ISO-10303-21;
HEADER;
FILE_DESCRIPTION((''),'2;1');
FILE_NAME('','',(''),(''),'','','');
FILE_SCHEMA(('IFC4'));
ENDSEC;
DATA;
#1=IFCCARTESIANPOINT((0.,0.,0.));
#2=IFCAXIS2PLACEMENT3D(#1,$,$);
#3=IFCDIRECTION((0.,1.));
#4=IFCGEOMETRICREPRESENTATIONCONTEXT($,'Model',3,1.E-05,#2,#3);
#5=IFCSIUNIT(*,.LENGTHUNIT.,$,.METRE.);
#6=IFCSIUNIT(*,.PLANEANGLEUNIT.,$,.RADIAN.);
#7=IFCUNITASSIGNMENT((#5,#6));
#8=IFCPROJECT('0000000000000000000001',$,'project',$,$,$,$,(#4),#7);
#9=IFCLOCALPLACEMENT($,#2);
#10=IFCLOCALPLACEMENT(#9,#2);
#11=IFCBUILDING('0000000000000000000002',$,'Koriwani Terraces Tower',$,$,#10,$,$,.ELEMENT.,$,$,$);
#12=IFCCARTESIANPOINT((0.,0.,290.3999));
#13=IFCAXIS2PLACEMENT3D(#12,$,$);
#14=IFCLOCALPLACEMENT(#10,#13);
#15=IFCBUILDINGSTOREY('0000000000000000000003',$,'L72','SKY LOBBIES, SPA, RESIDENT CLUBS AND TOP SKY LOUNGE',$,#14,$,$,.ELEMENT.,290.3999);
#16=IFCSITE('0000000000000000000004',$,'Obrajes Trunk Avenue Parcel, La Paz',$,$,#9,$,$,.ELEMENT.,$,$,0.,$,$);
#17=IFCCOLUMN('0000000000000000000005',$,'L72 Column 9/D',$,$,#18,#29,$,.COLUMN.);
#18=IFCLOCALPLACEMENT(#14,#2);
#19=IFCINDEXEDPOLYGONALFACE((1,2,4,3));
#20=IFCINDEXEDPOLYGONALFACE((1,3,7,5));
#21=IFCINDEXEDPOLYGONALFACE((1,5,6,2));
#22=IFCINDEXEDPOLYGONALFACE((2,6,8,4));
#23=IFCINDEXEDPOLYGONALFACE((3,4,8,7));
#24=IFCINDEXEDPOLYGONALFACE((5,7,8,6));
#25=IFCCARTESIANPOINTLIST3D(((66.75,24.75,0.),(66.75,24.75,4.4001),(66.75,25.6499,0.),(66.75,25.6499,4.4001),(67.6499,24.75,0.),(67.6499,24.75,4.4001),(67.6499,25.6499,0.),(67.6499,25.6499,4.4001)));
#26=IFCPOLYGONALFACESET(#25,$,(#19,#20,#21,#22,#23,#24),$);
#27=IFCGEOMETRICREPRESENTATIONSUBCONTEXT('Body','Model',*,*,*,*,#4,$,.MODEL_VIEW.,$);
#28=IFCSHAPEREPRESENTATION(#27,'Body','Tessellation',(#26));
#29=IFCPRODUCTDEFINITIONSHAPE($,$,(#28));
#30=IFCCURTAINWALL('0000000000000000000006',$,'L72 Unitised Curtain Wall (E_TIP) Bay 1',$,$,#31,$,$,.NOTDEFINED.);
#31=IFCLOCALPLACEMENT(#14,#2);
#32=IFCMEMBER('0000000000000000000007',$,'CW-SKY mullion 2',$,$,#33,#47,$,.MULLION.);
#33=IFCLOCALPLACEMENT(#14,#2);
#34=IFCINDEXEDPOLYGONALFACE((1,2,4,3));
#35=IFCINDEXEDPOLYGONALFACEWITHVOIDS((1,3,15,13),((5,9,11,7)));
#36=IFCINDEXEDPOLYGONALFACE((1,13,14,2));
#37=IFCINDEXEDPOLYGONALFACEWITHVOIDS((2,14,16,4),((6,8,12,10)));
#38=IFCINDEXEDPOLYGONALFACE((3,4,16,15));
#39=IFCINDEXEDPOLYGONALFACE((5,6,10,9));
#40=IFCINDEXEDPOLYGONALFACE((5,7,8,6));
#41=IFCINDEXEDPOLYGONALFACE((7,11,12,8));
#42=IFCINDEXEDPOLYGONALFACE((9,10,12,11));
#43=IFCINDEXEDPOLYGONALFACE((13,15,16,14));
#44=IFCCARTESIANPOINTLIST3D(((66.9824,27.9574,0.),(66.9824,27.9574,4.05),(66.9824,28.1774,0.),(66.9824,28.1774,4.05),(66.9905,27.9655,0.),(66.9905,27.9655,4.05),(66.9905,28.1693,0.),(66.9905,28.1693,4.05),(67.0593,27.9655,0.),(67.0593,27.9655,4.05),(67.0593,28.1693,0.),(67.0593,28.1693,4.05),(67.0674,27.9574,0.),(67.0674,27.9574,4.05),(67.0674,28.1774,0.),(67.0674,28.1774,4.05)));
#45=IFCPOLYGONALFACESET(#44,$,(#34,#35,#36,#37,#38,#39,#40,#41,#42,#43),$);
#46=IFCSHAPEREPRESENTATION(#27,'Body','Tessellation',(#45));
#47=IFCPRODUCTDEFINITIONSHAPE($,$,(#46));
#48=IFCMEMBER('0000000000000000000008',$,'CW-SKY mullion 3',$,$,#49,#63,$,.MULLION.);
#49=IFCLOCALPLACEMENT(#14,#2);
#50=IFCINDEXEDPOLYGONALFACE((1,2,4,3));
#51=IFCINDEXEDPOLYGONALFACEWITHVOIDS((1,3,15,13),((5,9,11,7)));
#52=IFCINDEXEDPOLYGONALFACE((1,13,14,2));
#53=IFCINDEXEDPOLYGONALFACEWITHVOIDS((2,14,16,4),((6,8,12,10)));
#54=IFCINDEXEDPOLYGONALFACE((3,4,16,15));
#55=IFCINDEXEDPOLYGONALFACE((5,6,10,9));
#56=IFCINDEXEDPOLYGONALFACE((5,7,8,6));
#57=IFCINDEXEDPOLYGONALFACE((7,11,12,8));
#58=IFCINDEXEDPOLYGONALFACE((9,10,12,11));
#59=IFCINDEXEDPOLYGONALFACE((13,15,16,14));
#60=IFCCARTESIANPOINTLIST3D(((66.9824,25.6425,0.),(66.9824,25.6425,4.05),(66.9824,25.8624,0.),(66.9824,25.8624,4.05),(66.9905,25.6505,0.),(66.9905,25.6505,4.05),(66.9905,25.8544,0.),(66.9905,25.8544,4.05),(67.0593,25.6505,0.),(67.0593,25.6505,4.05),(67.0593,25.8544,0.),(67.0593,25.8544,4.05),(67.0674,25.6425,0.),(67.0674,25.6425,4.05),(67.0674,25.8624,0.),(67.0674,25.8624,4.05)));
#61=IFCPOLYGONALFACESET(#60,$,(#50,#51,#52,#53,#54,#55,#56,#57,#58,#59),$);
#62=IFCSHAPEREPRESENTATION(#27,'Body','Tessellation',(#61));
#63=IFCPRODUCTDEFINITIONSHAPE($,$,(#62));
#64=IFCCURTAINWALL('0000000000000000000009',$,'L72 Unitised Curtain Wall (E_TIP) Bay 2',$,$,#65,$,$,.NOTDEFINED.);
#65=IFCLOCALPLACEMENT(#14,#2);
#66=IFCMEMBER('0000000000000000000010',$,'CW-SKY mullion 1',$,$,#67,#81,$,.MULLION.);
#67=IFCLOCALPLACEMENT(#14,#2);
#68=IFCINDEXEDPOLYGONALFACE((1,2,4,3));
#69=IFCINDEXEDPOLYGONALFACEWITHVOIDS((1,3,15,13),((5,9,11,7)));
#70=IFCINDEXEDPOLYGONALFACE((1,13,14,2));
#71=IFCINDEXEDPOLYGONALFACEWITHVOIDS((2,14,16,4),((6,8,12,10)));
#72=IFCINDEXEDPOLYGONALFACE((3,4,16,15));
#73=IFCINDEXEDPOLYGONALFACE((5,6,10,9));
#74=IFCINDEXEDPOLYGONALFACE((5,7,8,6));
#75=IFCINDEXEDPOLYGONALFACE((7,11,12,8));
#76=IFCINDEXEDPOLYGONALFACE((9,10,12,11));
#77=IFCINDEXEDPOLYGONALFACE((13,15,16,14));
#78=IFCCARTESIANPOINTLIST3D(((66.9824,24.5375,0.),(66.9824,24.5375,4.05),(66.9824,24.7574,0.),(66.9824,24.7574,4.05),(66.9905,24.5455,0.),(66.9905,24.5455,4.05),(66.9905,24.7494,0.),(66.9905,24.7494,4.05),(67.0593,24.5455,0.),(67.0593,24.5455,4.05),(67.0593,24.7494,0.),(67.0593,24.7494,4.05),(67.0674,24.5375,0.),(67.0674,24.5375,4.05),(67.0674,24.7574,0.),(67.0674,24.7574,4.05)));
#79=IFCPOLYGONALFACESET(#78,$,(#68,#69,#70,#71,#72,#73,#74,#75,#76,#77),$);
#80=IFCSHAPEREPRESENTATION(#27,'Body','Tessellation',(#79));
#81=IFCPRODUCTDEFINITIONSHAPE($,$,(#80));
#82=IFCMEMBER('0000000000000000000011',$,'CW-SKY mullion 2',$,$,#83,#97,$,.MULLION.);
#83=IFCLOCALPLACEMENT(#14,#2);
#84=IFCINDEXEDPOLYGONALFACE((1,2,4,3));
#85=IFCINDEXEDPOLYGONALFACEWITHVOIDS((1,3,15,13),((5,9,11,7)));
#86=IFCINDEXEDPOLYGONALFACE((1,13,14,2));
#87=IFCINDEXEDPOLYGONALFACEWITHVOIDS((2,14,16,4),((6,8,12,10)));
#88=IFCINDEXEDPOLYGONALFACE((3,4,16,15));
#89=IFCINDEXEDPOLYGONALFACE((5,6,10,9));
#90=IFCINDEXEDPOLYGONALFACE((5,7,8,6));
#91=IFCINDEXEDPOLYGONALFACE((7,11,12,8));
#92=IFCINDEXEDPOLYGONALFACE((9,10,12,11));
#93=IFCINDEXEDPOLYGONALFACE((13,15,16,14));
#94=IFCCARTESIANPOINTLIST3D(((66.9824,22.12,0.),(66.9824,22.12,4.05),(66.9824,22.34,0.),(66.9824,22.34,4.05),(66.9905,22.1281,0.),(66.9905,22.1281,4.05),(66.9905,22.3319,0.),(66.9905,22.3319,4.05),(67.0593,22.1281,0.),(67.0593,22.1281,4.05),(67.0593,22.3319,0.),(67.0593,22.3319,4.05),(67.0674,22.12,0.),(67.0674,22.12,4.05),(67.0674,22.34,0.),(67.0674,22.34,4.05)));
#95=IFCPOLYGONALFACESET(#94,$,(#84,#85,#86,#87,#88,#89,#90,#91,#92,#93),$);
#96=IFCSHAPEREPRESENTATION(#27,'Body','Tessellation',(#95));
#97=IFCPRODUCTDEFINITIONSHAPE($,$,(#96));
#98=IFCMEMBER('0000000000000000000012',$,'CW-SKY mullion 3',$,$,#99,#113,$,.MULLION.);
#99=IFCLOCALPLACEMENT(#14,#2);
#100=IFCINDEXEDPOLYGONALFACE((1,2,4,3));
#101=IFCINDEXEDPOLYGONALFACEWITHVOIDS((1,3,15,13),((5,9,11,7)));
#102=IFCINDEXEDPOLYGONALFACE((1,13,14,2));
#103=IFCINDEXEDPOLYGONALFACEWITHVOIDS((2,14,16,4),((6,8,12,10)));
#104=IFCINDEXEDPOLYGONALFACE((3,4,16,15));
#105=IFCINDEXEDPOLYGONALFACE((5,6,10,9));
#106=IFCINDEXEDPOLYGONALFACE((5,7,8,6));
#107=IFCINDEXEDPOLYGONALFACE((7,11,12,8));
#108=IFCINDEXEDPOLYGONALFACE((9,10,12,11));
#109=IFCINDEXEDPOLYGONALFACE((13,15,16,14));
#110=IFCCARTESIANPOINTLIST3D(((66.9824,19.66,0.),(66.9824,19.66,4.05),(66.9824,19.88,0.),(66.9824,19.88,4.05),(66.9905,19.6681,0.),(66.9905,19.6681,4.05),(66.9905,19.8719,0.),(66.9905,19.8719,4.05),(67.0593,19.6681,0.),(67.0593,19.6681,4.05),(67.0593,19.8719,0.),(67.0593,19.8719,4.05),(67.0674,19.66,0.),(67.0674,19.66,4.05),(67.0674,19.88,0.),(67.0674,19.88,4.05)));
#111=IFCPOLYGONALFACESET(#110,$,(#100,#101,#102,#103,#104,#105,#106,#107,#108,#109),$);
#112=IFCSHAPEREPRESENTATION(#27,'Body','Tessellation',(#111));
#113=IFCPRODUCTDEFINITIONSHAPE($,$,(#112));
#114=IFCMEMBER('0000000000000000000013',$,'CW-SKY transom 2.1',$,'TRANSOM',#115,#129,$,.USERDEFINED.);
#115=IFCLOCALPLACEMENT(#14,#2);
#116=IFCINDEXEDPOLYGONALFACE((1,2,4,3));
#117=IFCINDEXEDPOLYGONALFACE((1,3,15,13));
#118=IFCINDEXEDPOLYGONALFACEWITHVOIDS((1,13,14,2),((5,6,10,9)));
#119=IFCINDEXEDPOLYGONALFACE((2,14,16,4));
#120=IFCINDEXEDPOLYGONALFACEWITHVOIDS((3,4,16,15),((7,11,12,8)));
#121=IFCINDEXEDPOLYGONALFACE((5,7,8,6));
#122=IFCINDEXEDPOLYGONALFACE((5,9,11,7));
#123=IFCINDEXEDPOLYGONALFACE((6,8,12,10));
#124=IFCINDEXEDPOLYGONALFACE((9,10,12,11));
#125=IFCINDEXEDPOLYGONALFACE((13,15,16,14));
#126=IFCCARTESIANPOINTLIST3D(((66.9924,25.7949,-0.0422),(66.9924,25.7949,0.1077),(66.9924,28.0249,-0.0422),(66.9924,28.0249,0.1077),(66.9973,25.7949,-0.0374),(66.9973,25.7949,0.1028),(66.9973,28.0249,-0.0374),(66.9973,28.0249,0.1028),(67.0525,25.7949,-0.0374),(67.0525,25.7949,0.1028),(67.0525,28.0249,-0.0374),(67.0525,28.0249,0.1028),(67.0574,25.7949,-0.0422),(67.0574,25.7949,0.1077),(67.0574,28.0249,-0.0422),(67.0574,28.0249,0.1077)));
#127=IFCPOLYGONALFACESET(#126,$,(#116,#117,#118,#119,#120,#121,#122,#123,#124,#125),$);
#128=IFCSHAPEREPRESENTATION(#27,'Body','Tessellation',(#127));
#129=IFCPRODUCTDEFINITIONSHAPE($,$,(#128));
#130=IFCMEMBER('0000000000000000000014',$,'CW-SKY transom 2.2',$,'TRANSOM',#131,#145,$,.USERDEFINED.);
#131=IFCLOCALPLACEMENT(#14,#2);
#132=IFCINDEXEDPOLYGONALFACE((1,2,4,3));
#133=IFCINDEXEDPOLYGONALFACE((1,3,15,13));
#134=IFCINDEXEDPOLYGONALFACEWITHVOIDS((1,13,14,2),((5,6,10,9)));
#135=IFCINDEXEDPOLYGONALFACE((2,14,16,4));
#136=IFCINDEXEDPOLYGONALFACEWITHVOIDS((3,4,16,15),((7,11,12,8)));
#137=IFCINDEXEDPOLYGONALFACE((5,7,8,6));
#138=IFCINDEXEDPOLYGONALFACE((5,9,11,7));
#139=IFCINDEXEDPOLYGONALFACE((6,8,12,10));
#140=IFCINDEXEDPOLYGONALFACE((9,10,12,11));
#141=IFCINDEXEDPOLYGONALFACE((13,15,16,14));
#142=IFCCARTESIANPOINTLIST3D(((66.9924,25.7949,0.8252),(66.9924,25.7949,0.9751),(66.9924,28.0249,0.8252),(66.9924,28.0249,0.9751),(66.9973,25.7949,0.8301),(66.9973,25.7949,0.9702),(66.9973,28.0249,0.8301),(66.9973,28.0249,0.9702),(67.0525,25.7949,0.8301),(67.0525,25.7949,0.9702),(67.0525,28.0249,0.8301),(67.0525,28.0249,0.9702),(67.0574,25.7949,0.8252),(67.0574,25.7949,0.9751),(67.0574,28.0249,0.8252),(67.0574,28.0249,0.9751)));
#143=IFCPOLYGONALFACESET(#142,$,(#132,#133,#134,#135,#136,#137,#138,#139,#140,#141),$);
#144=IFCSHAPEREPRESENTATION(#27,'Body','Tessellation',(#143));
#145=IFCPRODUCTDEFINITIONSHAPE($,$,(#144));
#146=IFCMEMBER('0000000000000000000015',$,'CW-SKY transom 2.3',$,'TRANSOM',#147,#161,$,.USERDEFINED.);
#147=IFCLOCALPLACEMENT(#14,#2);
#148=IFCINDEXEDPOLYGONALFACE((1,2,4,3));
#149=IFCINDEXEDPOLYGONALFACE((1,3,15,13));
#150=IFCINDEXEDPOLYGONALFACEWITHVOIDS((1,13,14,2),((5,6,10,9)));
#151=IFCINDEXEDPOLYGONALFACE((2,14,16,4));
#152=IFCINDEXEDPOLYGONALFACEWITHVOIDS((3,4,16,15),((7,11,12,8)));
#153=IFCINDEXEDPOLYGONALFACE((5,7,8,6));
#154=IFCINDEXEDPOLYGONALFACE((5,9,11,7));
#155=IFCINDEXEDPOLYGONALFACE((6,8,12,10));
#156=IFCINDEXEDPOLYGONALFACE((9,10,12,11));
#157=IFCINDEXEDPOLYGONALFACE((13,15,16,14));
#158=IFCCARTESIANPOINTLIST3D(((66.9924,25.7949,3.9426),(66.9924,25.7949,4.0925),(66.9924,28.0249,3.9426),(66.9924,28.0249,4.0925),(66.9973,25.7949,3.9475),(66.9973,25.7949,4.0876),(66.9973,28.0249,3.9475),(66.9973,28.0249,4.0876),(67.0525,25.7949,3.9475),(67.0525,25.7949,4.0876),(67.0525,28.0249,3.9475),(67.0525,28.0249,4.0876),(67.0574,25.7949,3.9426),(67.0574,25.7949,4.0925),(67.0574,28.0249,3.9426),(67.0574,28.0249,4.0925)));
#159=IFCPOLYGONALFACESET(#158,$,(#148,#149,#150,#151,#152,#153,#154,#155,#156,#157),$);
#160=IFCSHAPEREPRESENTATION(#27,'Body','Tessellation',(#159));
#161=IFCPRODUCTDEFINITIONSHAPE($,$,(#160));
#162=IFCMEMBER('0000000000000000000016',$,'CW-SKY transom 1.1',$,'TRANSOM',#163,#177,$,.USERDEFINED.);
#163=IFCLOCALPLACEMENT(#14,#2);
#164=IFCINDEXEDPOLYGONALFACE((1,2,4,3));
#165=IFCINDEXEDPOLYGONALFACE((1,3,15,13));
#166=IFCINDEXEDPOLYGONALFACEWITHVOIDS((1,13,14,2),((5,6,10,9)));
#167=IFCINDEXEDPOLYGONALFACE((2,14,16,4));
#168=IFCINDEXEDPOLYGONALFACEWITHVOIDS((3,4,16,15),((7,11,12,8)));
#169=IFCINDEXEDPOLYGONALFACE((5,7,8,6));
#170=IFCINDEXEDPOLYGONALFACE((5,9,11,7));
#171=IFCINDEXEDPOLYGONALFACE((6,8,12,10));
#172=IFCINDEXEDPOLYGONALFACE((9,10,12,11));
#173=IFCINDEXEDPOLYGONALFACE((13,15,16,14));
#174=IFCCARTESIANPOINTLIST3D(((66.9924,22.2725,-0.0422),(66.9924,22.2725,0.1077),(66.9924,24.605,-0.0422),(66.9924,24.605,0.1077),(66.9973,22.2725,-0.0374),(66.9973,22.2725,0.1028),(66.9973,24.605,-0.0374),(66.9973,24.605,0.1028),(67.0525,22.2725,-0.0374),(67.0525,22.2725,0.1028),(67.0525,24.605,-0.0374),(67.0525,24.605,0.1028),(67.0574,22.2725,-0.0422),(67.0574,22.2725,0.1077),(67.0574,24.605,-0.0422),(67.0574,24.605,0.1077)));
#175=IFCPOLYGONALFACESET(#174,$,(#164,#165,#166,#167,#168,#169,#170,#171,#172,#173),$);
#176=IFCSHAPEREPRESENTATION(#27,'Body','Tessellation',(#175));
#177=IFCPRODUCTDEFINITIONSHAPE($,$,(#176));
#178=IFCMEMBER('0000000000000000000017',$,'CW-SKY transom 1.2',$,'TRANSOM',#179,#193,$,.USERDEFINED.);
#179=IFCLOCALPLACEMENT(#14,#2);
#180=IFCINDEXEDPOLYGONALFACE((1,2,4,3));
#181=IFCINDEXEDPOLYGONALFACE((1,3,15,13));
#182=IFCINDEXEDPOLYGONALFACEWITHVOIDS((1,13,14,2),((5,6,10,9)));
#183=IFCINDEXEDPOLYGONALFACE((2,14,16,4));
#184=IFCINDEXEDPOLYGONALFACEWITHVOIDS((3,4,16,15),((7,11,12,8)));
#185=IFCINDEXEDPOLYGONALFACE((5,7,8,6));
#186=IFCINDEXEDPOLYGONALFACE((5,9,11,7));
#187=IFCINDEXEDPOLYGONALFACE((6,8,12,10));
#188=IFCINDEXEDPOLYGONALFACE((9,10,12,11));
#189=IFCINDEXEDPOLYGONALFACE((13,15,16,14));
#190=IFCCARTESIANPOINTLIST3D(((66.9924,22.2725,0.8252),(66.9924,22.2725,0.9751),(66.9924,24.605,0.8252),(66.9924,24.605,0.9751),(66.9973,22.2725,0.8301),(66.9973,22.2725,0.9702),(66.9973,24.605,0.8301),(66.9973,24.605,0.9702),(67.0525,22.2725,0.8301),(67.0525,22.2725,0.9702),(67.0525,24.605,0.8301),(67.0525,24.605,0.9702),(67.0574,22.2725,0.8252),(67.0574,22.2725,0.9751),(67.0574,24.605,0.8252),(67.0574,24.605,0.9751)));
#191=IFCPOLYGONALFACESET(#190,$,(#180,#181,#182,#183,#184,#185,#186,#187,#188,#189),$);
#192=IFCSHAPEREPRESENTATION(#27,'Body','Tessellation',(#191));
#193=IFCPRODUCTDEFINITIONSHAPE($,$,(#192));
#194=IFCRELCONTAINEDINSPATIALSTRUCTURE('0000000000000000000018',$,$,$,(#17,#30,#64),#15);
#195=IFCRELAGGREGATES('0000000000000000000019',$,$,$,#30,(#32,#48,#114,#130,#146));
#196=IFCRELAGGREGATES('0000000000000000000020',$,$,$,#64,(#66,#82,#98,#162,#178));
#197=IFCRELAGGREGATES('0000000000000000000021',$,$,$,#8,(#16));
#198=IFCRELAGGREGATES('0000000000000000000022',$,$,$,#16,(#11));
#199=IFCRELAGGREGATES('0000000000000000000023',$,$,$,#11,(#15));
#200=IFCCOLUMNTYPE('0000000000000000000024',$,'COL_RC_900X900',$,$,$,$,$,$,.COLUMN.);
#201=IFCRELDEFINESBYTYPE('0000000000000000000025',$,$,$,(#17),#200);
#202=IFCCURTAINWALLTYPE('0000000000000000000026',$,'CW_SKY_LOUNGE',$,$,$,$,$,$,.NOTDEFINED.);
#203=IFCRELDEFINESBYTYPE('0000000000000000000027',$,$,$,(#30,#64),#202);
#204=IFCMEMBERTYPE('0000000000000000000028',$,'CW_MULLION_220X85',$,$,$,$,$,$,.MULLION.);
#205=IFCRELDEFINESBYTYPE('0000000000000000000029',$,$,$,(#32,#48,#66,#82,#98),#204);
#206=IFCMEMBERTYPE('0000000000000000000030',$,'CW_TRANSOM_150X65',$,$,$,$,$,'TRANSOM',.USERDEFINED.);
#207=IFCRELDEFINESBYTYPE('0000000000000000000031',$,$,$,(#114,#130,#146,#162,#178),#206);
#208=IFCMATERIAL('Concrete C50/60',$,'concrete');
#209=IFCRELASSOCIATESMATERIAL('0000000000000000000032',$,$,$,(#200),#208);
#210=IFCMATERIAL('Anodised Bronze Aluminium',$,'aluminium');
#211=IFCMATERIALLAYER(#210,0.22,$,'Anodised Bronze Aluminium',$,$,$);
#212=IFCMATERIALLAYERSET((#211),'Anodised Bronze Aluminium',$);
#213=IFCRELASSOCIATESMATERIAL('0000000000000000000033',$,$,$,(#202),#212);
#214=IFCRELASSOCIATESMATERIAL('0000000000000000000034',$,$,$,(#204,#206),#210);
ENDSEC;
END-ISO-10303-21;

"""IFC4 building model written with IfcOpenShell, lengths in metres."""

from ifc_helpers import new_model, si_unit, direction, frame, origin, origin_2d, place, context, subcontext, project, spatial, rectangle, hollow_rectangle, extrude, material, layer, layer_set, material_profile, profile_set, type_object, element, aggregate, save


model = new_model("IFC4")

# Units and contexts
model_context = context("Model", 3, precision=1e-05, world=origin(), true_north=direction((0.0, 1.0)))
body_context = subcontext(model_context, "Body", "Model", "MODEL_VIEW")
ifc_project = project(units=[si_unit("LENGTHUNIT", "METRE"), si_unit("PLANEANGLEUNIT", "RADIAN")], contexts=[model_context])

# Site, building, storey
site_placement = place(None, origin())
site = spatial("IfcSite", under=ifc_project, at=site_placement, Name="Obrajes Trunk Avenue Parcel, La Paz", CompositionType="ELEMENT", RefElevation=0.0)
building_placement = place(site_placement, origin())
building = spatial("IfcBuilding", under=site, at=building_placement, Name="Koriwani Terraces Tower", CompositionType="ELEMENT")
storey_placement = place(building_placement, frame((0.0, 0.0, 290.3999)))
storey = spatial("IfcBuildingStorey", under=building, at=storey_placement, Name="L72", Description="SKY LOBBIES, SPA, RESIDENT CLUBS AND TOP SKY LOUNGE", CompositionType="ELEMENT", Elevation=290.3999)

# Column
ifc_material_1 = material(Name="Concrete C50/60", Category="concrete")
ifc_material_profile_1 = material_profile(ifc_material_1, rectangle(XDim=0.8999, YDim=0.8999, at=origin_2d()), Name="Concrete C50/60", Category="LoadBearing")
ifc_profile_set_1 = profile_set([ifc_material_profile_1], Name="Concrete C50/60")
column_type = type_object("IfcColumnType", Name="COL_RC_900X900", PredefinedType="COLUMN", material=ifc_profile_set_1)
column_placement = place(storey_placement, frame((67.2, 25.2, 0.0), z_axis=(0.0, 0.0, 1.0), x_axis=(1.0, 0.0, 0.0)))
element("IfcColumn", 1, at=column_placement, inside=storey, type_object=column_type, Name="L72 Column 9/D", PredefinedType="COLUMN", context=body_context, shape_type="SweptSolid", body=[
    extrude(rectangle(XDim=0.8999, YDim=0.8999, at=origin_2d()), origin(), (0.0, 0.0, 1.0), 4.4001),
])

# Curtain walls, members
ifc_material_2 = material(Name="Anodised Bronze Aluminium", Category="aluminium")
ifc_layer_1 = layer(ifc_material_2, 0.22, Name="Anodised Bronze Aluminium")
ifc_layer_set_1 = layer_set([ifc_layer_1], Name="Anodised Bronze Aluminium")
curtain_wall_type = type_object("IfcCurtainWallType", Name="CW_SKY_LOUNGE", PredefinedType="NOTDEFINED", material=ifc_layer_set_1)
curtain_wall_1_placement = place(storey_placement, origin())
curtain_wall_1 = element("IfcCurtainWall", 2, at=curtain_wall_1_placement, inside=storey, type_object=curtain_wall_type, Name="L72 Unitised Curtain Wall (E_TIP) Bay 1", PredefinedType="NOTDEFINED")
ifc_material_profile_2 = material_profile(ifc_material_2, hollow_rectangle(XDim=0.085, YDim=0.22, WallThickness=0.0081, at=origin_2d()), Name="Anodised Bronze Aluminium", Category="LoadBearing")
ifc_profile_set_2 = profile_set([ifc_material_profile_2], Name="Anodised Bronze Aluminium")
member_type_1 = type_object("IfcMemberType", Name="CW_MULLION_220X85", PredefinedType="MULLION", material=ifc_profile_set_2)
member_1_placement = place(storey_placement, frame((67.0249, 28.0674, 0.0), z_axis=(0.0, 0.0, 1.0), x_axis=(1.0, 0.0, 0.0)))
member_1 = element("IfcMember", 3, at=member_1_placement, type_object=member_type_1, Name="CW-SKY mullion 2", PredefinedType="MULLION", context=body_context, shape_type="SweptSolid", body=[
    extrude(hollow_rectangle(XDim=0.085, YDim=0.22, WallThickness=0.0081, at=origin_2d()), origin(), (0.0, 0.0, 1.0), 4.05),
])
member_2_placement = place(storey_placement, frame((67.0249, 25.7524, 0.0), z_axis=(0.0, 0.0, 1.0), x_axis=(1.0, 0.0, 0.0)))
member_2 = element("IfcMember", 4, at=member_2_placement, type_object=member_type_1, Name="CW-SKY mullion 3", PredefinedType="MULLION", context=body_context, shape_type="SweptSolid", body=[
    extrude(hollow_rectangle(XDim=0.085, YDim=0.22, WallThickness=0.0081, at=origin_2d()), origin(), (0.0, 0.0, 1.0), 4.05),
])
curtain_wall_2_placement = place(storey_placement, origin())
curtain_wall_2 = element("IfcCurtainWall", 5, at=curtain_wall_2_placement, inside=storey, type_object=curtain_wall_type, Name="L72 Unitised Curtain Wall (E_TIP) Bay 2", PredefinedType="NOTDEFINED")
member_3_placement = place(storey_placement, frame((67.0249, 24.6475, 0.0), z_axis=(0.0, 0.0, 1.0), x_axis=(1.0, 0.0, 0.0)))
member_3 = element("IfcMember", 6, at=member_3_placement, type_object=member_type_1, Name="CW-SKY mullion 1", PredefinedType="MULLION", context=body_context, shape_type="SweptSolid", body=[
    extrude(hollow_rectangle(XDim=0.085, YDim=0.22, WallThickness=0.0081, at=origin_2d()), origin(), (0.0, 0.0, 1.0), 4.05),
])
member_4_placement = place(storey_placement, frame((67.0249, 22.23, 0.0), z_axis=(0.0, 0.0, 1.0), x_axis=(1.0, 0.0, 0.0)))
member_4 = element("IfcMember", 7, at=member_4_placement, type_object=member_type_1, Name="CW-SKY mullion 2", PredefinedType="MULLION", context=body_context, shape_type="SweptSolid", body=[
    extrude(hollow_rectangle(XDim=0.085, YDim=0.22, WallThickness=0.0081, at=origin_2d()), origin(), (0.0, 0.0, 1.0), 4.05),
])
member_5_placement = place(storey_placement, frame((67.0249, 19.77, 0.0), z_axis=(0.0, 0.0, 1.0), x_axis=(1.0, 0.0, 0.0)))
member_5 = element("IfcMember", 8, at=member_5_placement, type_object=member_type_1, Name="CW-SKY mullion 3", PredefinedType="MULLION", context=body_context, shape_type="SweptSolid", body=[
    extrude(hollow_rectangle(XDim=0.085, YDim=0.22, WallThickness=0.0081, at=origin_2d()), origin(), (0.0, 0.0, 1.0), 4.05),
])

# Members
ifc_material_profile_3 = material_profile(ifc_material_2, hollow_rectangle(XDim=0.0649, YDim=0.1499, WallThickness=0.0049, at=origin_2d()), Name="Anodised Bronze Aluminium", Category="LoadBearing")
ifc_profile_set_3 = profile_set([ifc_material_profile_3], Name="Anodised Bronze Aluminium")
member_type_2 = type_object("IfcMemberType", Name="CW_TRANSOM_150X65", ElementType="TRANSOM", PredefinedType="USERDEFINED", material=ifc_profile_set_3)
member_6_placement = place(storey_placement, frame((67.0249, 28.0249, 0.0327), z_axis=(0.0, -1.0, 0.0), x_axis=(1.0, 0.0, 0.0)))
member_6 = element("IfcMember", 9, at=member_6_placement, type_object=member_type_2, Name="CW-SKY transom 2.1", ObjectType="TRANSOM", PredefinedType="USERDEFINED", context=body_context, shape_type="SweptSolid", body=[
    extrude(hollow_rectangle(XDim=0.0649, YDim=0.1499, WallThickness=0.0049, at=origin_2d()), origin(), (0.0, 0.0, 1.0), 2.23),
])
member_7_placement = place(storey_placement, frame((67.0249, 28.0249, 0.9001), z_axis=(0.0, -1.0, 0.0), x_axis=(1.0, 0.0, 0.0)))
member_7 = element("IfcMember", 10, at=member_7_placement, type_object=member_type_2, Name="CW-SKY transom 2.2", ObjectType="TRANSOM", PredefinedType="USERDEFINED", context=body_context, shape_type="SweptSolid", body=[
    extrude(hollow_rectangle(XDim=0.0649, YDim=0.1499, WallThickness=0.0049, at=origin_2d()), origin(), (0.0, 0.0, 1.0), 2.23),
])
member_8_placement = place(storey_placement, frame((67.0249, 28.0249, 4.0176), z_axis=(0.0, -1.0, 0.0), x_axis=(1.0, 0.0, 0.0)))
member_8 = element("IfcMember", 11, at=member_8_placement, type_object=member_type_2, Name="CW-SKY transom 2.3", ObjectType="TRANSOM", PredefinedType="USERDEFINED", context=body_context, shape_type="SweptSolid", body=[
    extrude(hollow_rectangle(XDim=0.0649, YDim=0.1499, WallThickness=0.0049, at=origin_2d()), origin(), (0.0, 0.0, 1.0), 2.23),
])
member_9_placement = place(storey_placement, frame((67.0249, 24.605, 0.0327), z_axis=(0.0, -1.0, 0.0), x_axis=(1.0, 0.0, 0.0)))
member_9 = element("IfcMember", 12, at=member_9_placement, type_object=member_type_2, Name="CW-SKY transom 1.1", ObjectType="TRANSOM", PredefinedType="USERDEFINED", context=body_context, shape_type="SweptSolid", body=[
    extrude(hollow_rectangle(XDim=0.0649, YDim=0.1499, WallThickness=0.0049, at=origin_2d()), origin(), (0.0, 0.0, 1.0), 2.3325),
])
member_10_placement = place(storey_placement, frame((67.0249, 24.605, 0.9001), z_axis=(0.0, -1.0, 0.0), x_axis=(1.0, 0.0, 0.0)))
member_10 = element("IfcMember", 13, at=member_10_placement, type_object=member_type_2, Name="CW-SKY transom 1.2", ObjectType="TRANSOM", PredefinedType="USERDEFINED", context=body_context, shape_type="SweptSolid", body=[
    extrude(hollow_rectangle(XDim=0.0649, YDim=0.1499, WallThickness=0.0049, at=origin_2d()), origin(), (0.0, 0.0, 1.0), 2.3325),
])

aggregate(curtain_wall_1, [member_1, member_2, member_6, member_7, member_8])
aggregate(curtain_wall_2, [member_3, member_4, member_5, member_9, member_10])

save(model, "model.ifc")
